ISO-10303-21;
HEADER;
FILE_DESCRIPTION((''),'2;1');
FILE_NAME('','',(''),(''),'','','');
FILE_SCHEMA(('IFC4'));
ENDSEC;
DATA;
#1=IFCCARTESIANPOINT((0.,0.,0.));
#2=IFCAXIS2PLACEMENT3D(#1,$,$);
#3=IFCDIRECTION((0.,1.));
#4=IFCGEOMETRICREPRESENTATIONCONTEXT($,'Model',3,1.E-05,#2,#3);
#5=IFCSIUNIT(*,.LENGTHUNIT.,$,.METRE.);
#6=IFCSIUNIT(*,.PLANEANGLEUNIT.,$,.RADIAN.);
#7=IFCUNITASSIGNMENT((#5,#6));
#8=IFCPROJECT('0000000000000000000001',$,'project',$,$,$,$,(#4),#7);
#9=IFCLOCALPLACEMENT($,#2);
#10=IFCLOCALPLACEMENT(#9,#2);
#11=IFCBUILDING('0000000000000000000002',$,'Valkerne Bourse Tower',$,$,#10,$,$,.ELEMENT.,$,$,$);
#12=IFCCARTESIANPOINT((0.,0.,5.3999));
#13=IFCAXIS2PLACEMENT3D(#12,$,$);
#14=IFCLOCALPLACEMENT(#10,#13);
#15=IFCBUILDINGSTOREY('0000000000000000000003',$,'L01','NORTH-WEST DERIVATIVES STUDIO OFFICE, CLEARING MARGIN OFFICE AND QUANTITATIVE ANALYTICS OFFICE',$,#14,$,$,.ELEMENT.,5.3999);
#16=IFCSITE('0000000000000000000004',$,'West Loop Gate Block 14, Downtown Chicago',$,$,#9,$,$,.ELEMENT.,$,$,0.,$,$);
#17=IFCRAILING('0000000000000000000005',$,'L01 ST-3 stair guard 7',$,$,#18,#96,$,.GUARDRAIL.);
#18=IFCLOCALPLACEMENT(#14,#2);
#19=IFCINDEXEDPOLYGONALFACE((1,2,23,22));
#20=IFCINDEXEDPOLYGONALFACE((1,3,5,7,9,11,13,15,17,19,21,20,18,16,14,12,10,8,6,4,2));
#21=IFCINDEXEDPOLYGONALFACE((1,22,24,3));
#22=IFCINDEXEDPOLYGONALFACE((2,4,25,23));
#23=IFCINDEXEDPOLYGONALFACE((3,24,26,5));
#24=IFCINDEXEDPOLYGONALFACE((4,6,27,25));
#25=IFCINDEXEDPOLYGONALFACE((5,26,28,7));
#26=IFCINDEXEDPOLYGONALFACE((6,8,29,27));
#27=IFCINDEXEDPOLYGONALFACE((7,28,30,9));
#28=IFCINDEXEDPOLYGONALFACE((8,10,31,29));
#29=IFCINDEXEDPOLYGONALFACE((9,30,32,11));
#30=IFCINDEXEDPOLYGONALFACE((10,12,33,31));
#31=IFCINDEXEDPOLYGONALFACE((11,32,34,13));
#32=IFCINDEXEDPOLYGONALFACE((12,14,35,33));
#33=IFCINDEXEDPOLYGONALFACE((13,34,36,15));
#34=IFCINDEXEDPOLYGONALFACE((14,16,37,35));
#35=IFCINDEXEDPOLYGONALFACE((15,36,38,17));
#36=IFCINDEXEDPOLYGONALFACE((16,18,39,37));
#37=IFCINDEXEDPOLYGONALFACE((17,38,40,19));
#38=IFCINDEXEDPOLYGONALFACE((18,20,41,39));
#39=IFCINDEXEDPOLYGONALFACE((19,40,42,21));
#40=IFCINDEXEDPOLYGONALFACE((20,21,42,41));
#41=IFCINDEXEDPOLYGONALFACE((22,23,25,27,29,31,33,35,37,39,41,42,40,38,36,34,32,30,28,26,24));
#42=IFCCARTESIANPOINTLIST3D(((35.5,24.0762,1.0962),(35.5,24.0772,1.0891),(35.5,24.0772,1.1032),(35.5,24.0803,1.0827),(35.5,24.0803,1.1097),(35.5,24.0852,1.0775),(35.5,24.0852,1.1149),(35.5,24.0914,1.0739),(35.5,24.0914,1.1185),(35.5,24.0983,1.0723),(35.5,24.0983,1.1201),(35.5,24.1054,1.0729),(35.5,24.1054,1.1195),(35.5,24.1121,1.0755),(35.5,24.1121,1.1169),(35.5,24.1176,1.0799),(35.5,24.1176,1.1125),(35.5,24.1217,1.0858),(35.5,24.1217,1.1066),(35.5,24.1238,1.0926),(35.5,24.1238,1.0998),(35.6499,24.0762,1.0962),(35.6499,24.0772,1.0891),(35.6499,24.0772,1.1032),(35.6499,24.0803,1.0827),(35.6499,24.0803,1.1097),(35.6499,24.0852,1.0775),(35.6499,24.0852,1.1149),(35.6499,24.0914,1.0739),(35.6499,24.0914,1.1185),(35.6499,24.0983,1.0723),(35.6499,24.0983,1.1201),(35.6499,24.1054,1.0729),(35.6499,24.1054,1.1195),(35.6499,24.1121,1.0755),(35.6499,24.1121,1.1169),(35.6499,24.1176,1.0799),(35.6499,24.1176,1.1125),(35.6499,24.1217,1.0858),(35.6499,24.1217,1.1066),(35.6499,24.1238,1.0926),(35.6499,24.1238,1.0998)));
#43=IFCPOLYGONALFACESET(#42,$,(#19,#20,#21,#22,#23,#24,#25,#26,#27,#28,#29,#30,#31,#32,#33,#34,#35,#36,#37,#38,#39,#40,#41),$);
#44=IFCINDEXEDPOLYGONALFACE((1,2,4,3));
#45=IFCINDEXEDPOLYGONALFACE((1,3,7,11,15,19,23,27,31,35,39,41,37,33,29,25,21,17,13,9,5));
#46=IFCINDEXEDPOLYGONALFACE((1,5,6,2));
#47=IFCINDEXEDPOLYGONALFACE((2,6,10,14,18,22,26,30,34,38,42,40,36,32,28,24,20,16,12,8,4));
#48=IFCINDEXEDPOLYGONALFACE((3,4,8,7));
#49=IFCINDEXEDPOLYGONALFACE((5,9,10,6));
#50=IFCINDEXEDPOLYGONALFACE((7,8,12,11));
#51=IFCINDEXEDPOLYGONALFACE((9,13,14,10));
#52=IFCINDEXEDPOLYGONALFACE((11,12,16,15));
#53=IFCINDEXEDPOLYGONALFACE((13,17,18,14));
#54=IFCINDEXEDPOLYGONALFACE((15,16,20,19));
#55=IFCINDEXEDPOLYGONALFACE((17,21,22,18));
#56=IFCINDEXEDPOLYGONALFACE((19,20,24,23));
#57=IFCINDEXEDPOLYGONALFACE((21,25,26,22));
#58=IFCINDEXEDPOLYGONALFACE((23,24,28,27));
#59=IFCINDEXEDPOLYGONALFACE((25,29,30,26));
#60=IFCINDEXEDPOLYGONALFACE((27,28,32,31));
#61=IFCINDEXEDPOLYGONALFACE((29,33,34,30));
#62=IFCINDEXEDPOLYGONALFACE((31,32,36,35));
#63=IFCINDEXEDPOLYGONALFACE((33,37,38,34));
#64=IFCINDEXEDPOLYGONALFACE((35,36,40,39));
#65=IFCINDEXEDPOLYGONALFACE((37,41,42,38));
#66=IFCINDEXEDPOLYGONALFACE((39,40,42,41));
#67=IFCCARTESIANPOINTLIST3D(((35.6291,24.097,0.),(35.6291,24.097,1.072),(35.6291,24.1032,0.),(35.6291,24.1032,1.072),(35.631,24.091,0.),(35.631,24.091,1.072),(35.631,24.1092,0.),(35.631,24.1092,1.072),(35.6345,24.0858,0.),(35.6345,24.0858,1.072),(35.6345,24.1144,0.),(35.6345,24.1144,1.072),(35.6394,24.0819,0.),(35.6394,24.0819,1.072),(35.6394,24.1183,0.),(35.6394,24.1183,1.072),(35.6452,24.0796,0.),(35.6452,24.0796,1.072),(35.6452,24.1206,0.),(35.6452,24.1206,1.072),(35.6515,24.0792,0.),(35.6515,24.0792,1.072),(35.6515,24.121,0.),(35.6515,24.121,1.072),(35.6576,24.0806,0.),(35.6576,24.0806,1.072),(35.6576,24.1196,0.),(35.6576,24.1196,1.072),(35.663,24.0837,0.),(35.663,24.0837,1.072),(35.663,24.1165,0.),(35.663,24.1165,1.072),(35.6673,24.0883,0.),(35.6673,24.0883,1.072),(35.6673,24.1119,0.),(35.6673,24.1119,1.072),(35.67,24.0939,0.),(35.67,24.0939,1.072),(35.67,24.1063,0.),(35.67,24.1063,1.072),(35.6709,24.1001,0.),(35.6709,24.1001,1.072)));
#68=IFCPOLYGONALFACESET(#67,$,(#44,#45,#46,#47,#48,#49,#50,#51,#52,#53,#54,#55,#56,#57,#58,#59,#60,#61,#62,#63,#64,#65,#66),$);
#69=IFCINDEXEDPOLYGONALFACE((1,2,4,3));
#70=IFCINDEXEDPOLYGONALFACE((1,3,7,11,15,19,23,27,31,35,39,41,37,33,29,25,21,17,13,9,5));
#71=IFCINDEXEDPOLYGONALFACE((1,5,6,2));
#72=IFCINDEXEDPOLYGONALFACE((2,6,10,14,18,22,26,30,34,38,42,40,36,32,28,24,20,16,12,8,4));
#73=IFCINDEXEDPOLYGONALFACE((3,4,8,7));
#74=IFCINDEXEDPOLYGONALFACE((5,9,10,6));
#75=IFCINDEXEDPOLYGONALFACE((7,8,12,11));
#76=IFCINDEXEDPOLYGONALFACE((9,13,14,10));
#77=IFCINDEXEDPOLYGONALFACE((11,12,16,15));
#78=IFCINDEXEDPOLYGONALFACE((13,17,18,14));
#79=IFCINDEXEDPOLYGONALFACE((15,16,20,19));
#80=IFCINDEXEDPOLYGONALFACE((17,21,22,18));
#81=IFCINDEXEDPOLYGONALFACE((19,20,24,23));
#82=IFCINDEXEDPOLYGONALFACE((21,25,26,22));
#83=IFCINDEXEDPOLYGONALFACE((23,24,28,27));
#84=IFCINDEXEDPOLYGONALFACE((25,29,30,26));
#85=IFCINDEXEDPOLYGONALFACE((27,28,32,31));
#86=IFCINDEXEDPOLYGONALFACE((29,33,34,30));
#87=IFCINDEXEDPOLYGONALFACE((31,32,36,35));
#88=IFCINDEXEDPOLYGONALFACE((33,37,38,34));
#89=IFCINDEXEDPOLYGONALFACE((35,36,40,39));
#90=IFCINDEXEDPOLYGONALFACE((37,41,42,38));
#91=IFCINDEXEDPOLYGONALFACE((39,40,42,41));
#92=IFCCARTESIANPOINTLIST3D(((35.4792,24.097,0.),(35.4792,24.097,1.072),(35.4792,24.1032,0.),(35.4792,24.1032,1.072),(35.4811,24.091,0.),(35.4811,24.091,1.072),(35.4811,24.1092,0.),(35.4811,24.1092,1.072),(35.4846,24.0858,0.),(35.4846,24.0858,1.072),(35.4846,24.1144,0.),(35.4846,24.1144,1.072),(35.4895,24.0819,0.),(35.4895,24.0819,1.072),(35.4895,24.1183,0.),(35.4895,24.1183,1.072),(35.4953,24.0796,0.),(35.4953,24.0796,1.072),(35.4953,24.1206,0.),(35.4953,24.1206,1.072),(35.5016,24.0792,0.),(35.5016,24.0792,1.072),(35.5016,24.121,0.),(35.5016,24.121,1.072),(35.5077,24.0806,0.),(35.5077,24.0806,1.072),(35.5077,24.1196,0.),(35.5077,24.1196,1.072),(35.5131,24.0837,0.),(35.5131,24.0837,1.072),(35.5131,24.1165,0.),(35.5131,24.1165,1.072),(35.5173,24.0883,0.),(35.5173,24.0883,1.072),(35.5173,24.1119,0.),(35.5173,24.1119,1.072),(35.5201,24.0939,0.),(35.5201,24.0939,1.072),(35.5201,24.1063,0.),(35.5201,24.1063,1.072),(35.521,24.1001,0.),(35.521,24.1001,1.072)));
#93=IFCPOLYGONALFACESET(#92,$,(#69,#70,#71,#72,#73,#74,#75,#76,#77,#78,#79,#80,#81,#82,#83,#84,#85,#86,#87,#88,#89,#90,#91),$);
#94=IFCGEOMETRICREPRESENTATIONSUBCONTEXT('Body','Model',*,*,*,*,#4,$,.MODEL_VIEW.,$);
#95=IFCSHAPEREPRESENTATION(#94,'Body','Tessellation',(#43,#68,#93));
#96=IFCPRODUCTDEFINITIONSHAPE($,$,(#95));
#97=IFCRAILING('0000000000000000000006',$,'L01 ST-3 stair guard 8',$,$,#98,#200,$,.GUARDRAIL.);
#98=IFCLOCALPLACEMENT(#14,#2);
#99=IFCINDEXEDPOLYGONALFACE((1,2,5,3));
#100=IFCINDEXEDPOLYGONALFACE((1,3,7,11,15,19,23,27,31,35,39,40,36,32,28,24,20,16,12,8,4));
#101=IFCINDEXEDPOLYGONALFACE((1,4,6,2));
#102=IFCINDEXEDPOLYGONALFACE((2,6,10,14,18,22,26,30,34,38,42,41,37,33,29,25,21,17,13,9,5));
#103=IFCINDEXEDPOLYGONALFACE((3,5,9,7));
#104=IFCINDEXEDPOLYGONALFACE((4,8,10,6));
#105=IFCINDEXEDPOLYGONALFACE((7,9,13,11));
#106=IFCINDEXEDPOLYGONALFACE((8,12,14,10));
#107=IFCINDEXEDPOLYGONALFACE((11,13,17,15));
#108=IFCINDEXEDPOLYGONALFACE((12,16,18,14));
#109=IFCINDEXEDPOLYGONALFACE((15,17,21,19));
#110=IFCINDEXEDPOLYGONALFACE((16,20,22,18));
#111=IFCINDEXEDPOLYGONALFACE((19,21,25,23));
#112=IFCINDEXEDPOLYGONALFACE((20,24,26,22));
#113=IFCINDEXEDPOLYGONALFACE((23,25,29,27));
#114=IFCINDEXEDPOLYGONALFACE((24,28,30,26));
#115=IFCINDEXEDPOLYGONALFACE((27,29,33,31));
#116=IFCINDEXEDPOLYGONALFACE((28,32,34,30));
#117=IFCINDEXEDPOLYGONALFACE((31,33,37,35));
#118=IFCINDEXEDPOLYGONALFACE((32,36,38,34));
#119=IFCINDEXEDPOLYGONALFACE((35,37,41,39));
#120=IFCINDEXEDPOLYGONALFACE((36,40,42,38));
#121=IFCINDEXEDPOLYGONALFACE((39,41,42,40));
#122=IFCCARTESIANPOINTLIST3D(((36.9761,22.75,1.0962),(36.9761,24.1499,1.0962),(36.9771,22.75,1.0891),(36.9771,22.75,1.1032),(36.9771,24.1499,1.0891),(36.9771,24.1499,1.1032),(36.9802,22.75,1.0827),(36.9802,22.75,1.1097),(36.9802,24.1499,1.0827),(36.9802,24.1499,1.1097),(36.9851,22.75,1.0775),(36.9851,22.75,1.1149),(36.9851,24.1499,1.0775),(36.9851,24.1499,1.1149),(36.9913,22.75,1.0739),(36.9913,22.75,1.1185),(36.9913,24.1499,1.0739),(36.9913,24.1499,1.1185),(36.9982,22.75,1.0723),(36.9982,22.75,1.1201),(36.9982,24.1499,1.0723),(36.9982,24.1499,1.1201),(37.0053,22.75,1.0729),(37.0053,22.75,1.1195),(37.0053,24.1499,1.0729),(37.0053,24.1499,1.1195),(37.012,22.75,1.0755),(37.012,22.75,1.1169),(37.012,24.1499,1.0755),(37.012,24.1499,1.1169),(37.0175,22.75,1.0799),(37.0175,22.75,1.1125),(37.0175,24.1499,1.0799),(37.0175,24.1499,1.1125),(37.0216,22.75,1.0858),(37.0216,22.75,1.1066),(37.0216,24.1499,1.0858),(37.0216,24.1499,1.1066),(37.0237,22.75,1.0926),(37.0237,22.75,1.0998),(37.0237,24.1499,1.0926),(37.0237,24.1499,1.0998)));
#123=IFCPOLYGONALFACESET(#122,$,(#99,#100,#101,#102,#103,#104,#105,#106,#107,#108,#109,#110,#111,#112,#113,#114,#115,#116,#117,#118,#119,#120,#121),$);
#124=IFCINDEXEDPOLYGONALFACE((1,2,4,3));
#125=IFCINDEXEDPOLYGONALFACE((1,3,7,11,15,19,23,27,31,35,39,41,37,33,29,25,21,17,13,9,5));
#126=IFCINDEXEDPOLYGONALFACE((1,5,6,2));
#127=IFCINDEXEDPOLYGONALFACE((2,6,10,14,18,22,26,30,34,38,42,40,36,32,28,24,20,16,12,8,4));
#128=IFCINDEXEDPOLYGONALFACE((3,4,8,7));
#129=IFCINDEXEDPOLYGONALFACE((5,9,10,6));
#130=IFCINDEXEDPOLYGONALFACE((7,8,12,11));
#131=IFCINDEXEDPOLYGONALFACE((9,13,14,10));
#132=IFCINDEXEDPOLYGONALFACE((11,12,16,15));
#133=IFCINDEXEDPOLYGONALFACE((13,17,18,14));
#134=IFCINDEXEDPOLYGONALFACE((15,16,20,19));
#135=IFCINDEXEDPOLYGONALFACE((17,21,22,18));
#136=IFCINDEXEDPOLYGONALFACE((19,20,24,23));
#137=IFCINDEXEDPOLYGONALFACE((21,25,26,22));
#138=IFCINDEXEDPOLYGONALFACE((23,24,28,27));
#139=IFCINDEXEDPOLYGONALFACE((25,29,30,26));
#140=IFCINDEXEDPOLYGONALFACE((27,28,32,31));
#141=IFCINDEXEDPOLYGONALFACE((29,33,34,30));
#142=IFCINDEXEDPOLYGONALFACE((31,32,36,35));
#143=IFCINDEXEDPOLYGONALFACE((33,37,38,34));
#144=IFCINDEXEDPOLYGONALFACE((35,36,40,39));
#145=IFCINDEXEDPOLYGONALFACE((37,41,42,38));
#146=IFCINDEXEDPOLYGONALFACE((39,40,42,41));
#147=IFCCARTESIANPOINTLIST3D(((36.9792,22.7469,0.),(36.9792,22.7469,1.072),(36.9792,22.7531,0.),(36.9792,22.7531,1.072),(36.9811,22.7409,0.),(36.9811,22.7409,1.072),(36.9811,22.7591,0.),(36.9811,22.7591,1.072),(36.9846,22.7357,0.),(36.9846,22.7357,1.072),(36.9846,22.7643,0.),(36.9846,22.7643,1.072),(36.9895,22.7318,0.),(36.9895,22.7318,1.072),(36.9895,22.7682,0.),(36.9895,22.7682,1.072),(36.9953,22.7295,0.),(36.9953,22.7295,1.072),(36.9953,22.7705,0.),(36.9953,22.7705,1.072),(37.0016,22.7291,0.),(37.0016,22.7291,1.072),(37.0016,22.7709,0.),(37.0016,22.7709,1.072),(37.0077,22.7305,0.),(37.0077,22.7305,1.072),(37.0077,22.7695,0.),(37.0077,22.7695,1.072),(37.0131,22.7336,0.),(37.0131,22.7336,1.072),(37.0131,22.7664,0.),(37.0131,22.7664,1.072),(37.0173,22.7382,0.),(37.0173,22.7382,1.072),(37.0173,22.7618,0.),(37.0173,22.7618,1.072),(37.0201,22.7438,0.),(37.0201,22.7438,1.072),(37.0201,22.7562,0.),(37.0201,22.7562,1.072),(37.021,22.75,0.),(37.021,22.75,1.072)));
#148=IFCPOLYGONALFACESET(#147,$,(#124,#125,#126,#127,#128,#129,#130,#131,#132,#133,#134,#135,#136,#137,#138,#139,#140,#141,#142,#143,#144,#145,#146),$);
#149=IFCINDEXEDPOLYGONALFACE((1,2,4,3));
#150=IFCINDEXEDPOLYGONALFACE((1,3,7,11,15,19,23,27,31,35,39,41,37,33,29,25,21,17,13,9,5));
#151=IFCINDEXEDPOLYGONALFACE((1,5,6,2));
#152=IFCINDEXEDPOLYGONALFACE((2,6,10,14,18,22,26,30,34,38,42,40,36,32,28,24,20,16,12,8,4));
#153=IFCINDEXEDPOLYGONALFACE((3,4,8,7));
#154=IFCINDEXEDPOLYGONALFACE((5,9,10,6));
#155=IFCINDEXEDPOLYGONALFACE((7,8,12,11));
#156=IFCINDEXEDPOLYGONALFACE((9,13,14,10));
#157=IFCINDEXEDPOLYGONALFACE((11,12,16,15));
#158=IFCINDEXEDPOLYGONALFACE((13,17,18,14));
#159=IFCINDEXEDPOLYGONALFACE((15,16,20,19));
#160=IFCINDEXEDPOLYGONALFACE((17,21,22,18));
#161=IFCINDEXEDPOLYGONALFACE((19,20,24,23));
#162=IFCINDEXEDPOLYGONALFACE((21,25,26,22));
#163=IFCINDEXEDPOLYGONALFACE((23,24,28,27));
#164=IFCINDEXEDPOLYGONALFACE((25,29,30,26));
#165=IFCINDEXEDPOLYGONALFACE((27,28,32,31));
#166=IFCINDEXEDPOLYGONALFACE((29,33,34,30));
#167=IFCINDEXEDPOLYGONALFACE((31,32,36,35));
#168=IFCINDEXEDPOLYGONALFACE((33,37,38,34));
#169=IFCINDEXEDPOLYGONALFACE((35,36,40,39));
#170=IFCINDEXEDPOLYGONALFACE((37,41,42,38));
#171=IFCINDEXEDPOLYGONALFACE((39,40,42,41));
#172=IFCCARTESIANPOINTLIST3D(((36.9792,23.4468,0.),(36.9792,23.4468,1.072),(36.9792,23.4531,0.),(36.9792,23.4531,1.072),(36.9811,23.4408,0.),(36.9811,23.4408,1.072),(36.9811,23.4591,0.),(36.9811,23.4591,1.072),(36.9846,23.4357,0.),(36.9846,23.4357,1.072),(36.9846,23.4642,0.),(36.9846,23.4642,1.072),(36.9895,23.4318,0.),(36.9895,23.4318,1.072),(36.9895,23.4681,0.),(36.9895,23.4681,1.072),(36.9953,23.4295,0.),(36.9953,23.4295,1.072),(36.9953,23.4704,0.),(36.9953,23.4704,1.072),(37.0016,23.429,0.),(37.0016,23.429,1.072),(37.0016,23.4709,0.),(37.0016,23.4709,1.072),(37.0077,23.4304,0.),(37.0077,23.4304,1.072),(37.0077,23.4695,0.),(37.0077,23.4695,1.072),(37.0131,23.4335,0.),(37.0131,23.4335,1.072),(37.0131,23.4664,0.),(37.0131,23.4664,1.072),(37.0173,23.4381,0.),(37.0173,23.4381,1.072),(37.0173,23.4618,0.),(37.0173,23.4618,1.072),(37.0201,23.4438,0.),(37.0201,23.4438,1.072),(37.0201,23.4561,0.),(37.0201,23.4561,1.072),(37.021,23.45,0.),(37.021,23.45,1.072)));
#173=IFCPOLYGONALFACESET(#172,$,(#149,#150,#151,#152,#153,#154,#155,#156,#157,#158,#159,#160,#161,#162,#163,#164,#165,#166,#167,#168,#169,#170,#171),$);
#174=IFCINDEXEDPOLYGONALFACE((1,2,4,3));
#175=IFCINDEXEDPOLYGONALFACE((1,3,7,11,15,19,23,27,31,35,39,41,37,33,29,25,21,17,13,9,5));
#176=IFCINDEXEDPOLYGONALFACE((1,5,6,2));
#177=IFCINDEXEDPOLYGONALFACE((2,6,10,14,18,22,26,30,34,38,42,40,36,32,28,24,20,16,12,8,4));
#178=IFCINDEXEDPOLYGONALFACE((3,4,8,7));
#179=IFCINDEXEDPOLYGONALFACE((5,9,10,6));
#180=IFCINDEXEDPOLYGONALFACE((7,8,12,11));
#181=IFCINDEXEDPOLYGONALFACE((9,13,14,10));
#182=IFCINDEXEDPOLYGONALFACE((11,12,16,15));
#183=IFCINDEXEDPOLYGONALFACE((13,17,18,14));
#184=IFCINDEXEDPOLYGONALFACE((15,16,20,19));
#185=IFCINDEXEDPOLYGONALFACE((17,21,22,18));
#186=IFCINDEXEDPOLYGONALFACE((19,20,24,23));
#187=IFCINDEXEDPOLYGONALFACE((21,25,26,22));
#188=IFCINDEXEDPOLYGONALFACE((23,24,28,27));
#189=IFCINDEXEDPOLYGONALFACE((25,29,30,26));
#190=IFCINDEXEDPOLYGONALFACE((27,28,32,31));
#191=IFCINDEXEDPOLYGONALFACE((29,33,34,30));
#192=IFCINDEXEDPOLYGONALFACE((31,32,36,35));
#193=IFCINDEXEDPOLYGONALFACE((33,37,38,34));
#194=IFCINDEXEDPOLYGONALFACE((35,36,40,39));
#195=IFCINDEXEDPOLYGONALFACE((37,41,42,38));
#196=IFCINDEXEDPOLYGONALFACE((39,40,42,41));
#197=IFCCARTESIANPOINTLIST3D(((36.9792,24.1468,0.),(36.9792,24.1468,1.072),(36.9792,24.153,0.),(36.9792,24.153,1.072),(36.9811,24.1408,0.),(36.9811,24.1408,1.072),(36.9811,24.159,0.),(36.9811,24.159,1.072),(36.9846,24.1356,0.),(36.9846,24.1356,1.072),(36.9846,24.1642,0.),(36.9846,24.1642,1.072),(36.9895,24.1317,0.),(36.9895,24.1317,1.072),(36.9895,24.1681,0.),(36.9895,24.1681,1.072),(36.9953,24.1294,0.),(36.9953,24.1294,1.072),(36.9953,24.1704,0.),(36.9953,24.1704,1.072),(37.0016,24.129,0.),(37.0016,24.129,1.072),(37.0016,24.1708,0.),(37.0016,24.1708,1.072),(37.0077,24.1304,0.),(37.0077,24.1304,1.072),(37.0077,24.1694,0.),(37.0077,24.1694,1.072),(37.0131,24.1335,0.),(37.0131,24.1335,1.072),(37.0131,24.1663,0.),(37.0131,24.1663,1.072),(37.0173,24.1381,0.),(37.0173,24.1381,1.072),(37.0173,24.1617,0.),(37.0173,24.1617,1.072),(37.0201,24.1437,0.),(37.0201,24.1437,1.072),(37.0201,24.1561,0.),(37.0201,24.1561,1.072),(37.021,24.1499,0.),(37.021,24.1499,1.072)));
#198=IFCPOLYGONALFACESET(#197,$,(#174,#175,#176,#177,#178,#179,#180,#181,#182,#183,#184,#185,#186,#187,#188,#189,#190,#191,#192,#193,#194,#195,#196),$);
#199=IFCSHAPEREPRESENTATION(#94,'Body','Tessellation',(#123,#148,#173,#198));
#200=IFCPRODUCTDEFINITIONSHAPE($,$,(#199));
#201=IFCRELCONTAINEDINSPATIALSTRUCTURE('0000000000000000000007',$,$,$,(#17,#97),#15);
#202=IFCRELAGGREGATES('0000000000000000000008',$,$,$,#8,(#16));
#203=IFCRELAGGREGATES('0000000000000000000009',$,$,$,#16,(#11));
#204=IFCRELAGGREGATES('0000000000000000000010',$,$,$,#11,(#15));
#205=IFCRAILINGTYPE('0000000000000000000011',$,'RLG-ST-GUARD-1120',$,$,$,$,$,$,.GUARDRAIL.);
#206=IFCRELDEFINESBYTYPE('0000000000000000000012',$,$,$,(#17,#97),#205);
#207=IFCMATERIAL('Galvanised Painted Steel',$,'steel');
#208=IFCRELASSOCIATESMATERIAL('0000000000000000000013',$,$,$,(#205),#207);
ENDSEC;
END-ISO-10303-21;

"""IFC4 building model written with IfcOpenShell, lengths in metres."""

from ifc_helpers import new_model, si_unit, direction, frame, origin, origin_2d, place, context, subcontext, project, spatial, circle, extrude, material, type_object, element, save


model = new_model("IFC4")

# Units and contexts
model_context = context("Model", 3, precision=1e-05, world=origin(), true_north=direction((0.0, 1.0)))
body_context = subcontext(model_context, "Body", "Model", "MODEL_VIEW")
ifc_project = project(units=[si_unit("LENGTHUNIT", "METRE"), si_unit("PLANEANGLEUNIT", "RADIAN")], contexts=[model_context])

# Site, building, storey
site_placement = place(None, origin())
site = spatial("IfcSite", under=ifc_project, at=site_placement, Name="West Loop Gate Block 14, Downtown Chicago", CompositionType="ELEMENT", RefElevation=0.0)
building_placement = place(site_placement, origin())
building = spatial("IfcBuilding", under=site, at=building_placement, Name="Valkerne Bourse Tower", CompositionType="ELEMENT")
storey_placement = place(building_placement, frame((0.0, 0.0, 5.3999)))
storey = spatial("IfcBuildingStorey", under=building, at=storey_placement, Name="L01", Description="NORTH-WEST DERIVATIVES STUDIO OFFICE, CLEARING MARGIN OFFICE AND QUANTITATIVE ANALYTICS OFFICE", CompositionType="ELEMENT", Elevation=5.3999)

# Shared definitions
ifc_material_1 = material(Name="Galvanised Painted Steel", Category="steel")

# Railings
railing_type_1 = type_object("IfcRailingType", Name="RLG-ST-GUARD-1120", PredefinedType="GUARDRAIL", material=ifc_material_1)
railing_1_placement = place(storey_placement, frame((35.6499, 24.1001, 0.0)))
element("IfcRailing", 1, at=railing_1_placement, inside=storey, type_object=railing_type_1, Name="L01 ST-3 stair guard 7", PredefinedType="GUARDRAIL", context=body_context, shape_type="SweptSolid", body=[
    extrude(circle(Radius=0.0239, at=origin_2d()), frame((0.0, 0.0, 1.0962), z_axis=(-1.0, 0.0, 0.0), x_axis=(0.0, -1.0, 0.0)), (0.0, 0.0, 1.0), 0.1499),
    extrude(circle(Radius=0.021, at=origin_2d()), origin(), (0.0, 0.0, 1.0), 1.072),
    extrude(circle(Radius=0.021, at=origin_2d()), frame((-0.1499, 0.0, 0.0)), (0.0, 0.0, 1.0), 1.072),
])
for number, where, name in (
    (2, (37.0, 22.75, 0.0), "L01 ST-3 stair guard 8"),
):
    element("IfcRailing", number, at=place(storey_placement, frame(where)), inside=storey, type_object=railing_type_1, Name=name, PredefinedType="GUARDRAIL", context=body_context, shape_type="SweptSolid", body=[
        extrude(circle(Radius=0.0239, at=origin_2d()), frame((0.0, 0.0, 1.0962), z_axis=(0.0, 1.0, 0.0), x_axis=(-1.0, 0.0, 0.0)), (0.0, 0.0, 1.0), 1.3999),
        extrude(circle(Radius=0.021, at=origin_2d()), origin(), (0.0, 0.0, 1.0), 1.072),
        extrude(circle(Radius=0.021, at=origin_2d()), frame((0.0, 0.7, 0.0)), (0.0, 0.0, 1.0), 1.072),
        extrude(circle(Radius=0.021, at=origin_2d()), frame((0.0, 1.3999, 0.0)), (0.0, 0.0, 1.0), 1.072),
    ])

save(model, "model.ifc")
